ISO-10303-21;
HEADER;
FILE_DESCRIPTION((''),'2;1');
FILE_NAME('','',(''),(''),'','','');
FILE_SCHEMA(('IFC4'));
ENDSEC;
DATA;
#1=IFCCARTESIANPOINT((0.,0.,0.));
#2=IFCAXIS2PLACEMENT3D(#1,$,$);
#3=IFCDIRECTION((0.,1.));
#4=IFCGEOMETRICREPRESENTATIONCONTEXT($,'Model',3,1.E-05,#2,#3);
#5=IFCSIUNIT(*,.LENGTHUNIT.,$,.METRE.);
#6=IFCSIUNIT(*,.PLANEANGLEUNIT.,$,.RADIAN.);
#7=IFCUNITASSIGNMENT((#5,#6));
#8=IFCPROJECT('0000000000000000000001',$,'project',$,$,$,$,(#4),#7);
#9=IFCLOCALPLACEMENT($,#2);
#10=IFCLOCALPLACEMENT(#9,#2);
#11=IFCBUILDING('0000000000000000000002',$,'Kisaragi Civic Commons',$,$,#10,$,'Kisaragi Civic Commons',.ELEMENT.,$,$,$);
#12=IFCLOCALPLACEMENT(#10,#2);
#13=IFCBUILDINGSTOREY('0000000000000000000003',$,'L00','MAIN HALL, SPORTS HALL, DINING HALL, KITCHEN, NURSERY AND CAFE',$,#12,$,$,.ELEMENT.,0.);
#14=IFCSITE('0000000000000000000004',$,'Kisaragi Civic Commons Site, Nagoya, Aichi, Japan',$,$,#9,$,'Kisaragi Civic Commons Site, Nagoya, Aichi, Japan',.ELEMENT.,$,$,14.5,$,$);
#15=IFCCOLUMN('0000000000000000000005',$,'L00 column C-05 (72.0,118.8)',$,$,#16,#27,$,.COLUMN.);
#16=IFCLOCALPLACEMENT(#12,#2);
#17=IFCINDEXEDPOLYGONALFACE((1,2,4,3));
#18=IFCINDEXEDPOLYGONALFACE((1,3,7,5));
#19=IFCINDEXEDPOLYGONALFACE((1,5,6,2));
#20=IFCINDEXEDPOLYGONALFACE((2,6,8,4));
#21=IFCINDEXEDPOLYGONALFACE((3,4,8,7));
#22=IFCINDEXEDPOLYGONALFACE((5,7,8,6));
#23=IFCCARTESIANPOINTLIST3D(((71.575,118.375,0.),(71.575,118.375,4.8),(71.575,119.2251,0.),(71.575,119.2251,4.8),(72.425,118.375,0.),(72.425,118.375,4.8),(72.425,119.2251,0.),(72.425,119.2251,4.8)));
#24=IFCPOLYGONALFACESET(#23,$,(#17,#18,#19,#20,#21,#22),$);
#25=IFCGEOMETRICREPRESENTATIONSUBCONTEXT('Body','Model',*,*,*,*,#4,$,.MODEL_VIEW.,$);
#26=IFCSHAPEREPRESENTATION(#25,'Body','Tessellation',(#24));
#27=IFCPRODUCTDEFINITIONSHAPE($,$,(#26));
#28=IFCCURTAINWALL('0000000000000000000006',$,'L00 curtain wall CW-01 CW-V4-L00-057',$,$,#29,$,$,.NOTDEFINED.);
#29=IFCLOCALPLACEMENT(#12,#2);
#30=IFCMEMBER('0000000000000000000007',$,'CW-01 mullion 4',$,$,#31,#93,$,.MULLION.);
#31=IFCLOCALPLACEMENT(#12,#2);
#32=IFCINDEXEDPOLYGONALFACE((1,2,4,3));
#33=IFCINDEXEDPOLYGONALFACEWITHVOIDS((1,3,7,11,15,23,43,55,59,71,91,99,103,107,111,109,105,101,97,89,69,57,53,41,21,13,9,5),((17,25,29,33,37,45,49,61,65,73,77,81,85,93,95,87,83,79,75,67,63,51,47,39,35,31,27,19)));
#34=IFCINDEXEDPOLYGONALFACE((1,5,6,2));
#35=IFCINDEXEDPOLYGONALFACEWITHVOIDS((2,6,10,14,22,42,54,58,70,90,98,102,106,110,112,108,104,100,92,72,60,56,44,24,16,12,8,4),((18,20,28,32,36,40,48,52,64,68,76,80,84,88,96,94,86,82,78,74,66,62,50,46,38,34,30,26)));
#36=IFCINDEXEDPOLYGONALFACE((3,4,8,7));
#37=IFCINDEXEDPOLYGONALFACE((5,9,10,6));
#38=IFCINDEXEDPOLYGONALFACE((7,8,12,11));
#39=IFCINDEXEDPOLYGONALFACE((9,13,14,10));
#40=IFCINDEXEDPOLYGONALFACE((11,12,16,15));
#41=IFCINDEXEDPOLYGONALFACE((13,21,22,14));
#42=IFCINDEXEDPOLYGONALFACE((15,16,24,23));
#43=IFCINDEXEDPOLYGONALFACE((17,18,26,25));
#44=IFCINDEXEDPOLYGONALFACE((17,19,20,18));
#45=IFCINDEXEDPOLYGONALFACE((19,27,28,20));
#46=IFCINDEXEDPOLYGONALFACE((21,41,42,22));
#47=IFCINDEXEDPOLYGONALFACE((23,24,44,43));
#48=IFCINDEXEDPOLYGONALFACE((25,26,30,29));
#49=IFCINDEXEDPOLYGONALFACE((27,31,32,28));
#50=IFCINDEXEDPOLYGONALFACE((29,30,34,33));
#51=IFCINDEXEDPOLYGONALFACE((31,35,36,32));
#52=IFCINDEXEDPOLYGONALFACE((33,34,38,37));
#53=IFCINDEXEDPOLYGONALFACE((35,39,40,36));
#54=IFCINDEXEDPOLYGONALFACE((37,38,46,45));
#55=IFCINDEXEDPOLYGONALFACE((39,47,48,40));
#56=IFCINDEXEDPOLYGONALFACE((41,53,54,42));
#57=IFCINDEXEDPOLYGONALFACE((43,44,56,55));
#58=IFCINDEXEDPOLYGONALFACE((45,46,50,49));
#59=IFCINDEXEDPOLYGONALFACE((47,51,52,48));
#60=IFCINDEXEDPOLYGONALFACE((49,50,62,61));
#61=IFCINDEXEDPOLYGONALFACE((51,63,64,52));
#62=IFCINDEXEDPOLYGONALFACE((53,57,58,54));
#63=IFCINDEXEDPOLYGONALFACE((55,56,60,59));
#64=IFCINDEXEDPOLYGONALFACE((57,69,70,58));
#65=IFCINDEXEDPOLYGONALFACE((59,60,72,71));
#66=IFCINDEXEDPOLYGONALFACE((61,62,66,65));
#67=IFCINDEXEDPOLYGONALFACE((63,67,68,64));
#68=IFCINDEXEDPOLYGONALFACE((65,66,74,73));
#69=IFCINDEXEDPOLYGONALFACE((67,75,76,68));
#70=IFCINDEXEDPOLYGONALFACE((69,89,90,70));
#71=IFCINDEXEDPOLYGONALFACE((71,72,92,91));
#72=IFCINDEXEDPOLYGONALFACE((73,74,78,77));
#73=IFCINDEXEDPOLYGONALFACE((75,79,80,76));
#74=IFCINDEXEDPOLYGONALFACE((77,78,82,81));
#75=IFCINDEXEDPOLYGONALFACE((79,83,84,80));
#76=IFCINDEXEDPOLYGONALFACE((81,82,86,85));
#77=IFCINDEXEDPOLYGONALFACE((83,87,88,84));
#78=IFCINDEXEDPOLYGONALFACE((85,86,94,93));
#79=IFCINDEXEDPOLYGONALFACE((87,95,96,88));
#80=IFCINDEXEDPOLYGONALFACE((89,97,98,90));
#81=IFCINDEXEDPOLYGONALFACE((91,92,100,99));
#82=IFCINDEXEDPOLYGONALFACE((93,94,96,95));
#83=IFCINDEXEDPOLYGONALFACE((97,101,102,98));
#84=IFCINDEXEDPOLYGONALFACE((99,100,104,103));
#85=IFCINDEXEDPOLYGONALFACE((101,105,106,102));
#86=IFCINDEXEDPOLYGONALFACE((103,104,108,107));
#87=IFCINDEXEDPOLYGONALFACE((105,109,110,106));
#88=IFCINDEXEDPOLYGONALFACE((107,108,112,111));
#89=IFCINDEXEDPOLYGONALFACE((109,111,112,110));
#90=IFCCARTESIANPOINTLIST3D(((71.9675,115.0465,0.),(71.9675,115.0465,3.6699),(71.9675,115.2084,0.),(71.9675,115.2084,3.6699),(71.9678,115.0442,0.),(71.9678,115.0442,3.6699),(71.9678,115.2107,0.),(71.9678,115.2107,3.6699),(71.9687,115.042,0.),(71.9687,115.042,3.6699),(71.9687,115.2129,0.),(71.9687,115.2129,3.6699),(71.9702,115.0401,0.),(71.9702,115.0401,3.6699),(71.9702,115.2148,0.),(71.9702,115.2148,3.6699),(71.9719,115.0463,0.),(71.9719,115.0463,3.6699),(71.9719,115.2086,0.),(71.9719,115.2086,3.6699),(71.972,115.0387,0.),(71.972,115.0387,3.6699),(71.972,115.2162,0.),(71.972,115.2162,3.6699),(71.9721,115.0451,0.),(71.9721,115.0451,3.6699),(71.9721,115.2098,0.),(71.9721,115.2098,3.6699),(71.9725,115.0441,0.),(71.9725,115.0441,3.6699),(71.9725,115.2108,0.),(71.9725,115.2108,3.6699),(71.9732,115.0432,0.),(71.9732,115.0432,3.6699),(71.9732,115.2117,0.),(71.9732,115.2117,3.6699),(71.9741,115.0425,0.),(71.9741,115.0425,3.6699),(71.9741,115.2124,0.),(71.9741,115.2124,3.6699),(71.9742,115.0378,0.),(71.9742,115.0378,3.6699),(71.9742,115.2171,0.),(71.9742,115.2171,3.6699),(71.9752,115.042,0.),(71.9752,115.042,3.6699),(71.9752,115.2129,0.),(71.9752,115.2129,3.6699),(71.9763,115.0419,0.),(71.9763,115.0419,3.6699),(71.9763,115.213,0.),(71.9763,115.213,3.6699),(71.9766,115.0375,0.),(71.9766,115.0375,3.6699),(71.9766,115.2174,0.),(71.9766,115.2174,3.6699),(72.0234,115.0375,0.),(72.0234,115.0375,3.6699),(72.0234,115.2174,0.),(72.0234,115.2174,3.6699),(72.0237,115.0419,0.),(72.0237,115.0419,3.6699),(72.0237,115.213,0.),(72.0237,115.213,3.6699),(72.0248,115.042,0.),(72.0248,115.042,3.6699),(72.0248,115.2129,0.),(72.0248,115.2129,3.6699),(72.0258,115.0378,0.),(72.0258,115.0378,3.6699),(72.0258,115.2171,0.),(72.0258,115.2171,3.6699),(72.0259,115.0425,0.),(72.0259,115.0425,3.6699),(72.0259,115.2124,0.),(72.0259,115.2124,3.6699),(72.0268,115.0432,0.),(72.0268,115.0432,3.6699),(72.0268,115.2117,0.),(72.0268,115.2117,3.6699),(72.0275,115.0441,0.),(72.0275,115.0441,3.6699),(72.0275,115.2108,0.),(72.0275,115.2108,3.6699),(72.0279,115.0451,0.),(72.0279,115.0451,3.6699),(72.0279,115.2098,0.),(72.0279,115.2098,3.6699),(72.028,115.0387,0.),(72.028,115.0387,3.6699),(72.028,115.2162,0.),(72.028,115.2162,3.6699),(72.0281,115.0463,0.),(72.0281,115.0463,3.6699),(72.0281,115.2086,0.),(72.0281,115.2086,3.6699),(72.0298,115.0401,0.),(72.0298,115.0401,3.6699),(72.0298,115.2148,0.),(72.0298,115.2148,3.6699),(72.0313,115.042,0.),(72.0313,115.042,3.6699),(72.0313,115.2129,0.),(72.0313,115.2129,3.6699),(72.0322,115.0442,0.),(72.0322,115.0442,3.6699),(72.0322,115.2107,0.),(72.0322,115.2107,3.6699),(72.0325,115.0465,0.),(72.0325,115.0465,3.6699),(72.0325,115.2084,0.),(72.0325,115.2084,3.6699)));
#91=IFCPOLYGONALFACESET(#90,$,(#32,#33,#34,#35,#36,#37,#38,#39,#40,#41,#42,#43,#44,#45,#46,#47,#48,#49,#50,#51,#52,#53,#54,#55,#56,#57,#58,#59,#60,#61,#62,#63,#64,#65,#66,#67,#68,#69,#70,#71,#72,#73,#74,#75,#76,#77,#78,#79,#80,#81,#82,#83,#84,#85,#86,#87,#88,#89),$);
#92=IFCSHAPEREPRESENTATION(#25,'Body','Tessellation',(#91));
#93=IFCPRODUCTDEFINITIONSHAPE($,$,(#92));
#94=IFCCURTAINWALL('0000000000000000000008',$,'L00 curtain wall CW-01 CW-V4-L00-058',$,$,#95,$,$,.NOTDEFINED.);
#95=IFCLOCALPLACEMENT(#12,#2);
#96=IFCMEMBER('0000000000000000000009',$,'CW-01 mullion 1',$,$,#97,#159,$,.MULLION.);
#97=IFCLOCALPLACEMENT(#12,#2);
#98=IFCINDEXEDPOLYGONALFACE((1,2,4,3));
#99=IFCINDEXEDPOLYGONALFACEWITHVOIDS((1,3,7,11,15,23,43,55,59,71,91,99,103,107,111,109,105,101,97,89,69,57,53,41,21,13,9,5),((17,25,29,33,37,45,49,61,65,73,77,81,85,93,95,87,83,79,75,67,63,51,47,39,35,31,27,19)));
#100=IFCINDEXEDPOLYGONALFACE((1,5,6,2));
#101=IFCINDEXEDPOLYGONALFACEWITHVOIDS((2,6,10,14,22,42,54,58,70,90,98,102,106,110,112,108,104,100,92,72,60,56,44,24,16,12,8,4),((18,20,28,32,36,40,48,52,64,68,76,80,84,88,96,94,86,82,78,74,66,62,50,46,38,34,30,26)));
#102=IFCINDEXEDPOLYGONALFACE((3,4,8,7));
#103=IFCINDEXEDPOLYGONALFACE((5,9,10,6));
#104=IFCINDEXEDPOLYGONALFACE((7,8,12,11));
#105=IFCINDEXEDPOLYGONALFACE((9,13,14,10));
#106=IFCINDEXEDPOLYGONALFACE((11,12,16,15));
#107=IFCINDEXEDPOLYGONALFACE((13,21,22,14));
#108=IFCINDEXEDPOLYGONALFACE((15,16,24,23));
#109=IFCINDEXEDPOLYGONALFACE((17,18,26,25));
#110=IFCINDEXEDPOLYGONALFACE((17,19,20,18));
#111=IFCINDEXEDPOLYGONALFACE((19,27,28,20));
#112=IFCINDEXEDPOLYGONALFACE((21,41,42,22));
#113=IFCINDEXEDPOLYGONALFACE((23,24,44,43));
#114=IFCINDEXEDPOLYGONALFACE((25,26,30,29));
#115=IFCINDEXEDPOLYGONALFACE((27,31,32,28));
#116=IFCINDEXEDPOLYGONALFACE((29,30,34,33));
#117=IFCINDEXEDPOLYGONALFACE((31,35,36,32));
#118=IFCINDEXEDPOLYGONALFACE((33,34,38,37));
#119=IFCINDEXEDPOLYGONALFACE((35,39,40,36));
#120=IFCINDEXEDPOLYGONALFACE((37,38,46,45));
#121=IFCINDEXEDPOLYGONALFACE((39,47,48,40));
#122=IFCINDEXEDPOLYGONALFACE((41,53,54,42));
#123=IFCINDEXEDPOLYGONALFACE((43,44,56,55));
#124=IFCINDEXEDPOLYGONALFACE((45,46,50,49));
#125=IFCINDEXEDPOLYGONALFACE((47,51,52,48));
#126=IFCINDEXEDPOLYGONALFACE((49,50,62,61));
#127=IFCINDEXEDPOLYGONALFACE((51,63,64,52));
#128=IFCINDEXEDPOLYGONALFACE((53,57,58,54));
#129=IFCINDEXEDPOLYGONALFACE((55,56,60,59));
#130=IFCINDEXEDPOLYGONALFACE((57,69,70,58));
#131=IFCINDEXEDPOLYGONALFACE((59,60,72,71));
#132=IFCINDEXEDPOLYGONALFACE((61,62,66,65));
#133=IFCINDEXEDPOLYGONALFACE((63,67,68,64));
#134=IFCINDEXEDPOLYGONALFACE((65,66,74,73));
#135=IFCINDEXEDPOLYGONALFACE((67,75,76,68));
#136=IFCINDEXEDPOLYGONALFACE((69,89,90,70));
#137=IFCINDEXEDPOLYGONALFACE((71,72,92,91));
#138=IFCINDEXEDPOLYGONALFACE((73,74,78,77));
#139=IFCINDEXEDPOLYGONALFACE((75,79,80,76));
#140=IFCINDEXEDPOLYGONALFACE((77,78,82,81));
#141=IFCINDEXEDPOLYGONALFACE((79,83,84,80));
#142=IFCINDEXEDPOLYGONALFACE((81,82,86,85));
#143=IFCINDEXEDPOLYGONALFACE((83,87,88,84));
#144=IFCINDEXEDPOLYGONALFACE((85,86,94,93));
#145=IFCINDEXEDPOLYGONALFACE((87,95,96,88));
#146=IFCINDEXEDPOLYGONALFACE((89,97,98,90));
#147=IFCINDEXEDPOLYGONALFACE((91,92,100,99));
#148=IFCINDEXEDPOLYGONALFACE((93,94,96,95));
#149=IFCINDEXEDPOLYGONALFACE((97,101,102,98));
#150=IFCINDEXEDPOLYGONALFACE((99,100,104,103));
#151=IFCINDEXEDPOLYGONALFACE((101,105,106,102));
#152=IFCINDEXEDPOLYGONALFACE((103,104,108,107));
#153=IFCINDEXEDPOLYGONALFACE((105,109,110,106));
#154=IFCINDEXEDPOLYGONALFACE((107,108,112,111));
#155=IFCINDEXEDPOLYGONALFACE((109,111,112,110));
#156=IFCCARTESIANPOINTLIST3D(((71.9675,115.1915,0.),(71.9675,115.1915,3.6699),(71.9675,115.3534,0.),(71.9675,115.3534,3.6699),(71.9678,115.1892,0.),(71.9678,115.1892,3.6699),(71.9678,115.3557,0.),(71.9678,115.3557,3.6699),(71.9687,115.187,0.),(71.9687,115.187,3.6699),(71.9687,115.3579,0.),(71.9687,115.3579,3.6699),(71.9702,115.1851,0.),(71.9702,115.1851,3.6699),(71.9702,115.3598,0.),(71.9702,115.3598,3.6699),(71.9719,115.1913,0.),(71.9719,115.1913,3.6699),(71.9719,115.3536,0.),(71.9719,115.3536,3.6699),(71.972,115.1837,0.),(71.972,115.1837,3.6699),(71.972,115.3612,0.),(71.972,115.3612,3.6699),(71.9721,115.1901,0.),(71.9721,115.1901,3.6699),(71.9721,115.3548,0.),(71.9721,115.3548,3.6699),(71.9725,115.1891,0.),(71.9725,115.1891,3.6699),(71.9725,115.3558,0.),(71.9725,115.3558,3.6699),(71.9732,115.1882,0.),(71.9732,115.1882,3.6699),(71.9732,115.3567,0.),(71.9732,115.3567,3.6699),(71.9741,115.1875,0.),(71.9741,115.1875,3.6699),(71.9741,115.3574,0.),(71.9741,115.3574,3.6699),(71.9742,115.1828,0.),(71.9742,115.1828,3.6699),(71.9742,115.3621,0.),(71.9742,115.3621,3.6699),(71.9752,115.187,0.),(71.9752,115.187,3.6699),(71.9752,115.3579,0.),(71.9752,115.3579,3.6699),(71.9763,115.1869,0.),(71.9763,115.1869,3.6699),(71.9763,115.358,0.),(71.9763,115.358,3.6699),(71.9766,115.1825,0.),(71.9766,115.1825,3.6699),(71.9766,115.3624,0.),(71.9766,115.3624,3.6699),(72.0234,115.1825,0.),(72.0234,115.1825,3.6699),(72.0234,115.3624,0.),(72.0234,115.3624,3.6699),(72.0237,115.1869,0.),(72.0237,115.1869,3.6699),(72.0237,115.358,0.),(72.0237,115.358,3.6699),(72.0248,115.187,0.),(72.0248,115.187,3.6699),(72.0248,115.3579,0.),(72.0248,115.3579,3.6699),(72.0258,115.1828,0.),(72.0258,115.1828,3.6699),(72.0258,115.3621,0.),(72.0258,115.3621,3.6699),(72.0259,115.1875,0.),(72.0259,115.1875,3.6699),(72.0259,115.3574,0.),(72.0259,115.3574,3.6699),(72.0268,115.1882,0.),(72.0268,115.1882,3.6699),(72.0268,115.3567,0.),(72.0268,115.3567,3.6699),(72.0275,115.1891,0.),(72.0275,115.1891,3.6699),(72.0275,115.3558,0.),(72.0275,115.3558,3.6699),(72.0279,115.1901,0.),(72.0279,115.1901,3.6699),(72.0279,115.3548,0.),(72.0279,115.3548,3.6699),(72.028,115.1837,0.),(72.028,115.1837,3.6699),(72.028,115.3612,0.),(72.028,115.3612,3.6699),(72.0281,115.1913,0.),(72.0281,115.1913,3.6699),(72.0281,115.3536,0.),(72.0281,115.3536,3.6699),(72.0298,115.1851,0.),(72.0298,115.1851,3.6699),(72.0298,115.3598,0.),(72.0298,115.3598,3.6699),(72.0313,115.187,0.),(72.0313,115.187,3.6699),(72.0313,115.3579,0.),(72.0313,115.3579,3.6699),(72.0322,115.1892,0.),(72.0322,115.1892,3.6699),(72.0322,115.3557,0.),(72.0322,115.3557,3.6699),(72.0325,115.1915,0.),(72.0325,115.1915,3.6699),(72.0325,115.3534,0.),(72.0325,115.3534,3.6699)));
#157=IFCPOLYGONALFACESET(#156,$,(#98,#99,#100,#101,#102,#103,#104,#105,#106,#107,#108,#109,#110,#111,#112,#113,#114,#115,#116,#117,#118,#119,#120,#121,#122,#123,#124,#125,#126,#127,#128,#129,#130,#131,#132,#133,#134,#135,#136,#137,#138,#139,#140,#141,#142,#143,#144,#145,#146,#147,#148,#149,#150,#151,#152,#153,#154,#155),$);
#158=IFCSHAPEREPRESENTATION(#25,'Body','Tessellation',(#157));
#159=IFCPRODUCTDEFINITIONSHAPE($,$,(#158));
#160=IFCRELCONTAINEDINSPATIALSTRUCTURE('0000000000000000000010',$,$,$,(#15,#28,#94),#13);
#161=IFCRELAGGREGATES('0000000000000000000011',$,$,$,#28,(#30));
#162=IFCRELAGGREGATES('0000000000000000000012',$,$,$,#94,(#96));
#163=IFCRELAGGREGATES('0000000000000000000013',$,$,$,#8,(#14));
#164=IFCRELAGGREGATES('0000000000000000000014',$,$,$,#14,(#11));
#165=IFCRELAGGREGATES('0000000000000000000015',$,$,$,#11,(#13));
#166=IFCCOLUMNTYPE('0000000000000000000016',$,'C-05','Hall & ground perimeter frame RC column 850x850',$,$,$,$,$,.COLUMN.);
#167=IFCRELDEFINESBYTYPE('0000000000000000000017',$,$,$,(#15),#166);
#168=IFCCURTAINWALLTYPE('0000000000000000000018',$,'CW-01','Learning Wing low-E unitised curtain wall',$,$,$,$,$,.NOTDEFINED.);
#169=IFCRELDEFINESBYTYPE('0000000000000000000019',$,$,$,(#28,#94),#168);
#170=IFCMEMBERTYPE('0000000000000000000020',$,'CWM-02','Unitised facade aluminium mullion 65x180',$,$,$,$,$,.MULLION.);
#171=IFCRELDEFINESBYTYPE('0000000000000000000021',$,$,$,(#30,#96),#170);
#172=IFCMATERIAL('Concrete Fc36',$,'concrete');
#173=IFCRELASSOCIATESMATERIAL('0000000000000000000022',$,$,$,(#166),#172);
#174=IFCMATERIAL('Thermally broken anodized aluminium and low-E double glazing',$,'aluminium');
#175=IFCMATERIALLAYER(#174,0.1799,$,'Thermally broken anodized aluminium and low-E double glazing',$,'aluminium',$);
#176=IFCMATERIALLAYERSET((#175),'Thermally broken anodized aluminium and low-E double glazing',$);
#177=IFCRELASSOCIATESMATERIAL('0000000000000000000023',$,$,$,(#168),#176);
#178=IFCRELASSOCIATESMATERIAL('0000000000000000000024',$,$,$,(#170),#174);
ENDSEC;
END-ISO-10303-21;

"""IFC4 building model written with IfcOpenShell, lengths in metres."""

from ifc_helpers import new_model, si_unit, direction, frame, origin, origin_2d, place, context, subcontext, project, spatial, rectangle, hollow_rectangle, extrude, material, layer, layer_set, material_profile, profile_set, type_object, element, aggregate, save


model = new_model("IFC4")

# Units and contexts
model_context = context("Model", 3, precision=1e-05, world=origin(), true_north=direction((0.0, 1.0)))
body_context = subcontext(model_context, "Body", "Model", "MODEL_VIEW")
ifc_project = project(units=[si_unit("LENGTHUNIT", "METRE"), si_unit("PLANEANGLEUNIT", "RADIAN")], contexts=[model_context])

# Site, building, storey
site_placement = place(None, origin())
site = spatial("IfcSite", under=ifc_project, at=site_placement, Name="Kisaragi Civic Commons Site, Nagoya, Aichi, Japan", LongName="Kisaragi Civic Commons Site, Nagoya, Aichi, Japan", CompositionType="ELEMENT", RefElevation=14.5)
building_placement = place(site_placement, origin())
building = spatial("IfcBuilding", under=site, at=building_placement, Name="Kisaragi Civic Commons", LongName="Kisaragi Civic Commons", CompositionType="ELEMENT")
storey_placement = place(building_placement, origin())
storey = spatial("IfcBuildingStorey", under=building, at=storey_placement, Name="L00", Description="MAIN HALL, SPORTS HALL, DINING HALL, KITCHEN, NURSERY AND CAFE", CompositionType="ELEMENT", Elevation=0.0)

# Column
ifc_material_1 = material(Name="Concrete Fc36", Category="concrete")
ifc_material_profile_1 = material_profile(ifc_material_1, rectangle(XDim=0.8501, YDim=0.8501, at=origin_2d()), Name="RC-850x850", Category="concrete")
ifc_profile_set_1 = profile_set([ifc_material_profile_1], Name="Concrete Fc36")
column_type = type_object("IfcColumnType", Name="C-05", Description="Hall & ground perimeter frame RC column 850x850", PredefinedType="COLUMN", material=ifc_profile_set_1)
column_placement = place(storey_placement, frame((72.0, 118.8, 0.0), z_axis=(0.0, 0.0, 1.0), x_axis=(1.0, 0.0, 0.0)))
element("IfcColumn", 1, at=column_placement, inside=storey, type_object=column_type, Name="L00 column C-05 (72.0,118.8)", PredefinedType="COLUMN", context=body_context, shape_type="SweptSolid", body=[
    extrude(rectangle(XDim=0.8501, YDim=0.8501, at=origin_2d()), origin(), (0.0, 0.0, 1.0), 4.8),
])

# Curtain wall, member
ifc_material_2 = material(Name="Thermally broken anodized aluminium and low-E double glazing", Category="aluminium")
ifc_layer_1 = layer(ifc_material_2, 0.1799, Name="Thermally broken anodized aluminium and low-E double glazing", Category="aluminium")
ifc_layer_set_1 = layer_set([ifc_layer_1], Name="Thermally broken anodized aluminium and low-E double glazing")
curtain_wall_type = type_object("IfcCurtainWallType", Name="CW-01", Description="Learning Wing low-E unitised curtain wall", PredefinedType="NOTDEFINED", material=ifc_layer_set_1)
curtain_wall_1_placement = place(storey_placement, origin())
curtain_wall_1 = element("IfcCurtainWall", 2, at=curtain_wall_1_placement, inside=storey, type_object=curtain_wall_type, Name="L00 curtain wall CW-01 CW-V4-L00-057", PredefinedType="NOTDEFINED")
ifc_material_profile_2 = material_profile(ifc_material_2, hollow_rectangle(XDim=0.0649, YDim=0.1799, WallThickness=0.0044, InnerFilletRadius=0.0044, OuterFilletRadius=0.009, at=origin_2d()), Name="CWM-65x180x4.5", Category="aluminium")
ifc_profile_set_2 = profile_set([ifc_material_profile_2], Name="Thermally broken anodized aluminium and low-E double glazing")
member_type_1 = type_object("IfcMemberType", Name="CWM-02", Description="Unitised facade aluminium mullion 65x180", PredefinedType="MULLION", material=ifc_profile_set_2)
member_1_placement = place(storey_placement, frame((72.0, 115.1274, 0.0), z_axis=(0.0, 0.0, 1.0), x_axis=(-1.0, 0.0, 0.0)))
member_1 = element("IfcMember", 3, at=member_1_placement, type_object=member_type_1, Name="CW-01 mullion 4", PredefinedType="MULLION", context=body_context, shape_type="SweptSolid", body=[
    extrude(hollow_rectangle(XDim=0.0649, YDim=0.1799, WallThickness=0.0044, InnerFilletRadius=0.0044, OuterFilletRadius=0.009, at=origin_2d()), origin(), (0.0, 0.0, 1.0), 3.6699),
])

# Curtain wall, member
curtain_wall_2_placement = place(storey_placement, origin())
curtain_wall_2 = element("IfcCurtainWall", 4, at=curtain_wall_2_placement, inside=storey, type_object=curtain_wall_type, Name="L00 curtain wall CW-01 CW-V4-L00-058", PredefinedType="NOTDEFINED")
member_2_placement = place(storey_placement, frame((72.0, 115.2725, 0.0), z_axis=(0.0, 0.0, 1.0), x_axis=(-1.0, 0.0, 0.0)))
member_2 = element("IfcMember", 5, at=member_2_placement, type_object=member_type_1, Name="CW-01 mullion 1", PredefinedType="MULLION", context=body_context, shape_type="SweptSolid", body=[
    extrude(hollow_rectangle(XDim=0.0649, YDim=0.1799, WallThickness=0.0044, InnerFilletRadius=0.0044, OuterFilletRadius=0.009, at=origin_2d()), origin(), (0.0, 0.0, 1.0), 3.6699),
])

aggregate(curtain_wall_1, [member_1])
aggregate(curtain_wall_2, [member_2])

save(model, "model.ifc")
